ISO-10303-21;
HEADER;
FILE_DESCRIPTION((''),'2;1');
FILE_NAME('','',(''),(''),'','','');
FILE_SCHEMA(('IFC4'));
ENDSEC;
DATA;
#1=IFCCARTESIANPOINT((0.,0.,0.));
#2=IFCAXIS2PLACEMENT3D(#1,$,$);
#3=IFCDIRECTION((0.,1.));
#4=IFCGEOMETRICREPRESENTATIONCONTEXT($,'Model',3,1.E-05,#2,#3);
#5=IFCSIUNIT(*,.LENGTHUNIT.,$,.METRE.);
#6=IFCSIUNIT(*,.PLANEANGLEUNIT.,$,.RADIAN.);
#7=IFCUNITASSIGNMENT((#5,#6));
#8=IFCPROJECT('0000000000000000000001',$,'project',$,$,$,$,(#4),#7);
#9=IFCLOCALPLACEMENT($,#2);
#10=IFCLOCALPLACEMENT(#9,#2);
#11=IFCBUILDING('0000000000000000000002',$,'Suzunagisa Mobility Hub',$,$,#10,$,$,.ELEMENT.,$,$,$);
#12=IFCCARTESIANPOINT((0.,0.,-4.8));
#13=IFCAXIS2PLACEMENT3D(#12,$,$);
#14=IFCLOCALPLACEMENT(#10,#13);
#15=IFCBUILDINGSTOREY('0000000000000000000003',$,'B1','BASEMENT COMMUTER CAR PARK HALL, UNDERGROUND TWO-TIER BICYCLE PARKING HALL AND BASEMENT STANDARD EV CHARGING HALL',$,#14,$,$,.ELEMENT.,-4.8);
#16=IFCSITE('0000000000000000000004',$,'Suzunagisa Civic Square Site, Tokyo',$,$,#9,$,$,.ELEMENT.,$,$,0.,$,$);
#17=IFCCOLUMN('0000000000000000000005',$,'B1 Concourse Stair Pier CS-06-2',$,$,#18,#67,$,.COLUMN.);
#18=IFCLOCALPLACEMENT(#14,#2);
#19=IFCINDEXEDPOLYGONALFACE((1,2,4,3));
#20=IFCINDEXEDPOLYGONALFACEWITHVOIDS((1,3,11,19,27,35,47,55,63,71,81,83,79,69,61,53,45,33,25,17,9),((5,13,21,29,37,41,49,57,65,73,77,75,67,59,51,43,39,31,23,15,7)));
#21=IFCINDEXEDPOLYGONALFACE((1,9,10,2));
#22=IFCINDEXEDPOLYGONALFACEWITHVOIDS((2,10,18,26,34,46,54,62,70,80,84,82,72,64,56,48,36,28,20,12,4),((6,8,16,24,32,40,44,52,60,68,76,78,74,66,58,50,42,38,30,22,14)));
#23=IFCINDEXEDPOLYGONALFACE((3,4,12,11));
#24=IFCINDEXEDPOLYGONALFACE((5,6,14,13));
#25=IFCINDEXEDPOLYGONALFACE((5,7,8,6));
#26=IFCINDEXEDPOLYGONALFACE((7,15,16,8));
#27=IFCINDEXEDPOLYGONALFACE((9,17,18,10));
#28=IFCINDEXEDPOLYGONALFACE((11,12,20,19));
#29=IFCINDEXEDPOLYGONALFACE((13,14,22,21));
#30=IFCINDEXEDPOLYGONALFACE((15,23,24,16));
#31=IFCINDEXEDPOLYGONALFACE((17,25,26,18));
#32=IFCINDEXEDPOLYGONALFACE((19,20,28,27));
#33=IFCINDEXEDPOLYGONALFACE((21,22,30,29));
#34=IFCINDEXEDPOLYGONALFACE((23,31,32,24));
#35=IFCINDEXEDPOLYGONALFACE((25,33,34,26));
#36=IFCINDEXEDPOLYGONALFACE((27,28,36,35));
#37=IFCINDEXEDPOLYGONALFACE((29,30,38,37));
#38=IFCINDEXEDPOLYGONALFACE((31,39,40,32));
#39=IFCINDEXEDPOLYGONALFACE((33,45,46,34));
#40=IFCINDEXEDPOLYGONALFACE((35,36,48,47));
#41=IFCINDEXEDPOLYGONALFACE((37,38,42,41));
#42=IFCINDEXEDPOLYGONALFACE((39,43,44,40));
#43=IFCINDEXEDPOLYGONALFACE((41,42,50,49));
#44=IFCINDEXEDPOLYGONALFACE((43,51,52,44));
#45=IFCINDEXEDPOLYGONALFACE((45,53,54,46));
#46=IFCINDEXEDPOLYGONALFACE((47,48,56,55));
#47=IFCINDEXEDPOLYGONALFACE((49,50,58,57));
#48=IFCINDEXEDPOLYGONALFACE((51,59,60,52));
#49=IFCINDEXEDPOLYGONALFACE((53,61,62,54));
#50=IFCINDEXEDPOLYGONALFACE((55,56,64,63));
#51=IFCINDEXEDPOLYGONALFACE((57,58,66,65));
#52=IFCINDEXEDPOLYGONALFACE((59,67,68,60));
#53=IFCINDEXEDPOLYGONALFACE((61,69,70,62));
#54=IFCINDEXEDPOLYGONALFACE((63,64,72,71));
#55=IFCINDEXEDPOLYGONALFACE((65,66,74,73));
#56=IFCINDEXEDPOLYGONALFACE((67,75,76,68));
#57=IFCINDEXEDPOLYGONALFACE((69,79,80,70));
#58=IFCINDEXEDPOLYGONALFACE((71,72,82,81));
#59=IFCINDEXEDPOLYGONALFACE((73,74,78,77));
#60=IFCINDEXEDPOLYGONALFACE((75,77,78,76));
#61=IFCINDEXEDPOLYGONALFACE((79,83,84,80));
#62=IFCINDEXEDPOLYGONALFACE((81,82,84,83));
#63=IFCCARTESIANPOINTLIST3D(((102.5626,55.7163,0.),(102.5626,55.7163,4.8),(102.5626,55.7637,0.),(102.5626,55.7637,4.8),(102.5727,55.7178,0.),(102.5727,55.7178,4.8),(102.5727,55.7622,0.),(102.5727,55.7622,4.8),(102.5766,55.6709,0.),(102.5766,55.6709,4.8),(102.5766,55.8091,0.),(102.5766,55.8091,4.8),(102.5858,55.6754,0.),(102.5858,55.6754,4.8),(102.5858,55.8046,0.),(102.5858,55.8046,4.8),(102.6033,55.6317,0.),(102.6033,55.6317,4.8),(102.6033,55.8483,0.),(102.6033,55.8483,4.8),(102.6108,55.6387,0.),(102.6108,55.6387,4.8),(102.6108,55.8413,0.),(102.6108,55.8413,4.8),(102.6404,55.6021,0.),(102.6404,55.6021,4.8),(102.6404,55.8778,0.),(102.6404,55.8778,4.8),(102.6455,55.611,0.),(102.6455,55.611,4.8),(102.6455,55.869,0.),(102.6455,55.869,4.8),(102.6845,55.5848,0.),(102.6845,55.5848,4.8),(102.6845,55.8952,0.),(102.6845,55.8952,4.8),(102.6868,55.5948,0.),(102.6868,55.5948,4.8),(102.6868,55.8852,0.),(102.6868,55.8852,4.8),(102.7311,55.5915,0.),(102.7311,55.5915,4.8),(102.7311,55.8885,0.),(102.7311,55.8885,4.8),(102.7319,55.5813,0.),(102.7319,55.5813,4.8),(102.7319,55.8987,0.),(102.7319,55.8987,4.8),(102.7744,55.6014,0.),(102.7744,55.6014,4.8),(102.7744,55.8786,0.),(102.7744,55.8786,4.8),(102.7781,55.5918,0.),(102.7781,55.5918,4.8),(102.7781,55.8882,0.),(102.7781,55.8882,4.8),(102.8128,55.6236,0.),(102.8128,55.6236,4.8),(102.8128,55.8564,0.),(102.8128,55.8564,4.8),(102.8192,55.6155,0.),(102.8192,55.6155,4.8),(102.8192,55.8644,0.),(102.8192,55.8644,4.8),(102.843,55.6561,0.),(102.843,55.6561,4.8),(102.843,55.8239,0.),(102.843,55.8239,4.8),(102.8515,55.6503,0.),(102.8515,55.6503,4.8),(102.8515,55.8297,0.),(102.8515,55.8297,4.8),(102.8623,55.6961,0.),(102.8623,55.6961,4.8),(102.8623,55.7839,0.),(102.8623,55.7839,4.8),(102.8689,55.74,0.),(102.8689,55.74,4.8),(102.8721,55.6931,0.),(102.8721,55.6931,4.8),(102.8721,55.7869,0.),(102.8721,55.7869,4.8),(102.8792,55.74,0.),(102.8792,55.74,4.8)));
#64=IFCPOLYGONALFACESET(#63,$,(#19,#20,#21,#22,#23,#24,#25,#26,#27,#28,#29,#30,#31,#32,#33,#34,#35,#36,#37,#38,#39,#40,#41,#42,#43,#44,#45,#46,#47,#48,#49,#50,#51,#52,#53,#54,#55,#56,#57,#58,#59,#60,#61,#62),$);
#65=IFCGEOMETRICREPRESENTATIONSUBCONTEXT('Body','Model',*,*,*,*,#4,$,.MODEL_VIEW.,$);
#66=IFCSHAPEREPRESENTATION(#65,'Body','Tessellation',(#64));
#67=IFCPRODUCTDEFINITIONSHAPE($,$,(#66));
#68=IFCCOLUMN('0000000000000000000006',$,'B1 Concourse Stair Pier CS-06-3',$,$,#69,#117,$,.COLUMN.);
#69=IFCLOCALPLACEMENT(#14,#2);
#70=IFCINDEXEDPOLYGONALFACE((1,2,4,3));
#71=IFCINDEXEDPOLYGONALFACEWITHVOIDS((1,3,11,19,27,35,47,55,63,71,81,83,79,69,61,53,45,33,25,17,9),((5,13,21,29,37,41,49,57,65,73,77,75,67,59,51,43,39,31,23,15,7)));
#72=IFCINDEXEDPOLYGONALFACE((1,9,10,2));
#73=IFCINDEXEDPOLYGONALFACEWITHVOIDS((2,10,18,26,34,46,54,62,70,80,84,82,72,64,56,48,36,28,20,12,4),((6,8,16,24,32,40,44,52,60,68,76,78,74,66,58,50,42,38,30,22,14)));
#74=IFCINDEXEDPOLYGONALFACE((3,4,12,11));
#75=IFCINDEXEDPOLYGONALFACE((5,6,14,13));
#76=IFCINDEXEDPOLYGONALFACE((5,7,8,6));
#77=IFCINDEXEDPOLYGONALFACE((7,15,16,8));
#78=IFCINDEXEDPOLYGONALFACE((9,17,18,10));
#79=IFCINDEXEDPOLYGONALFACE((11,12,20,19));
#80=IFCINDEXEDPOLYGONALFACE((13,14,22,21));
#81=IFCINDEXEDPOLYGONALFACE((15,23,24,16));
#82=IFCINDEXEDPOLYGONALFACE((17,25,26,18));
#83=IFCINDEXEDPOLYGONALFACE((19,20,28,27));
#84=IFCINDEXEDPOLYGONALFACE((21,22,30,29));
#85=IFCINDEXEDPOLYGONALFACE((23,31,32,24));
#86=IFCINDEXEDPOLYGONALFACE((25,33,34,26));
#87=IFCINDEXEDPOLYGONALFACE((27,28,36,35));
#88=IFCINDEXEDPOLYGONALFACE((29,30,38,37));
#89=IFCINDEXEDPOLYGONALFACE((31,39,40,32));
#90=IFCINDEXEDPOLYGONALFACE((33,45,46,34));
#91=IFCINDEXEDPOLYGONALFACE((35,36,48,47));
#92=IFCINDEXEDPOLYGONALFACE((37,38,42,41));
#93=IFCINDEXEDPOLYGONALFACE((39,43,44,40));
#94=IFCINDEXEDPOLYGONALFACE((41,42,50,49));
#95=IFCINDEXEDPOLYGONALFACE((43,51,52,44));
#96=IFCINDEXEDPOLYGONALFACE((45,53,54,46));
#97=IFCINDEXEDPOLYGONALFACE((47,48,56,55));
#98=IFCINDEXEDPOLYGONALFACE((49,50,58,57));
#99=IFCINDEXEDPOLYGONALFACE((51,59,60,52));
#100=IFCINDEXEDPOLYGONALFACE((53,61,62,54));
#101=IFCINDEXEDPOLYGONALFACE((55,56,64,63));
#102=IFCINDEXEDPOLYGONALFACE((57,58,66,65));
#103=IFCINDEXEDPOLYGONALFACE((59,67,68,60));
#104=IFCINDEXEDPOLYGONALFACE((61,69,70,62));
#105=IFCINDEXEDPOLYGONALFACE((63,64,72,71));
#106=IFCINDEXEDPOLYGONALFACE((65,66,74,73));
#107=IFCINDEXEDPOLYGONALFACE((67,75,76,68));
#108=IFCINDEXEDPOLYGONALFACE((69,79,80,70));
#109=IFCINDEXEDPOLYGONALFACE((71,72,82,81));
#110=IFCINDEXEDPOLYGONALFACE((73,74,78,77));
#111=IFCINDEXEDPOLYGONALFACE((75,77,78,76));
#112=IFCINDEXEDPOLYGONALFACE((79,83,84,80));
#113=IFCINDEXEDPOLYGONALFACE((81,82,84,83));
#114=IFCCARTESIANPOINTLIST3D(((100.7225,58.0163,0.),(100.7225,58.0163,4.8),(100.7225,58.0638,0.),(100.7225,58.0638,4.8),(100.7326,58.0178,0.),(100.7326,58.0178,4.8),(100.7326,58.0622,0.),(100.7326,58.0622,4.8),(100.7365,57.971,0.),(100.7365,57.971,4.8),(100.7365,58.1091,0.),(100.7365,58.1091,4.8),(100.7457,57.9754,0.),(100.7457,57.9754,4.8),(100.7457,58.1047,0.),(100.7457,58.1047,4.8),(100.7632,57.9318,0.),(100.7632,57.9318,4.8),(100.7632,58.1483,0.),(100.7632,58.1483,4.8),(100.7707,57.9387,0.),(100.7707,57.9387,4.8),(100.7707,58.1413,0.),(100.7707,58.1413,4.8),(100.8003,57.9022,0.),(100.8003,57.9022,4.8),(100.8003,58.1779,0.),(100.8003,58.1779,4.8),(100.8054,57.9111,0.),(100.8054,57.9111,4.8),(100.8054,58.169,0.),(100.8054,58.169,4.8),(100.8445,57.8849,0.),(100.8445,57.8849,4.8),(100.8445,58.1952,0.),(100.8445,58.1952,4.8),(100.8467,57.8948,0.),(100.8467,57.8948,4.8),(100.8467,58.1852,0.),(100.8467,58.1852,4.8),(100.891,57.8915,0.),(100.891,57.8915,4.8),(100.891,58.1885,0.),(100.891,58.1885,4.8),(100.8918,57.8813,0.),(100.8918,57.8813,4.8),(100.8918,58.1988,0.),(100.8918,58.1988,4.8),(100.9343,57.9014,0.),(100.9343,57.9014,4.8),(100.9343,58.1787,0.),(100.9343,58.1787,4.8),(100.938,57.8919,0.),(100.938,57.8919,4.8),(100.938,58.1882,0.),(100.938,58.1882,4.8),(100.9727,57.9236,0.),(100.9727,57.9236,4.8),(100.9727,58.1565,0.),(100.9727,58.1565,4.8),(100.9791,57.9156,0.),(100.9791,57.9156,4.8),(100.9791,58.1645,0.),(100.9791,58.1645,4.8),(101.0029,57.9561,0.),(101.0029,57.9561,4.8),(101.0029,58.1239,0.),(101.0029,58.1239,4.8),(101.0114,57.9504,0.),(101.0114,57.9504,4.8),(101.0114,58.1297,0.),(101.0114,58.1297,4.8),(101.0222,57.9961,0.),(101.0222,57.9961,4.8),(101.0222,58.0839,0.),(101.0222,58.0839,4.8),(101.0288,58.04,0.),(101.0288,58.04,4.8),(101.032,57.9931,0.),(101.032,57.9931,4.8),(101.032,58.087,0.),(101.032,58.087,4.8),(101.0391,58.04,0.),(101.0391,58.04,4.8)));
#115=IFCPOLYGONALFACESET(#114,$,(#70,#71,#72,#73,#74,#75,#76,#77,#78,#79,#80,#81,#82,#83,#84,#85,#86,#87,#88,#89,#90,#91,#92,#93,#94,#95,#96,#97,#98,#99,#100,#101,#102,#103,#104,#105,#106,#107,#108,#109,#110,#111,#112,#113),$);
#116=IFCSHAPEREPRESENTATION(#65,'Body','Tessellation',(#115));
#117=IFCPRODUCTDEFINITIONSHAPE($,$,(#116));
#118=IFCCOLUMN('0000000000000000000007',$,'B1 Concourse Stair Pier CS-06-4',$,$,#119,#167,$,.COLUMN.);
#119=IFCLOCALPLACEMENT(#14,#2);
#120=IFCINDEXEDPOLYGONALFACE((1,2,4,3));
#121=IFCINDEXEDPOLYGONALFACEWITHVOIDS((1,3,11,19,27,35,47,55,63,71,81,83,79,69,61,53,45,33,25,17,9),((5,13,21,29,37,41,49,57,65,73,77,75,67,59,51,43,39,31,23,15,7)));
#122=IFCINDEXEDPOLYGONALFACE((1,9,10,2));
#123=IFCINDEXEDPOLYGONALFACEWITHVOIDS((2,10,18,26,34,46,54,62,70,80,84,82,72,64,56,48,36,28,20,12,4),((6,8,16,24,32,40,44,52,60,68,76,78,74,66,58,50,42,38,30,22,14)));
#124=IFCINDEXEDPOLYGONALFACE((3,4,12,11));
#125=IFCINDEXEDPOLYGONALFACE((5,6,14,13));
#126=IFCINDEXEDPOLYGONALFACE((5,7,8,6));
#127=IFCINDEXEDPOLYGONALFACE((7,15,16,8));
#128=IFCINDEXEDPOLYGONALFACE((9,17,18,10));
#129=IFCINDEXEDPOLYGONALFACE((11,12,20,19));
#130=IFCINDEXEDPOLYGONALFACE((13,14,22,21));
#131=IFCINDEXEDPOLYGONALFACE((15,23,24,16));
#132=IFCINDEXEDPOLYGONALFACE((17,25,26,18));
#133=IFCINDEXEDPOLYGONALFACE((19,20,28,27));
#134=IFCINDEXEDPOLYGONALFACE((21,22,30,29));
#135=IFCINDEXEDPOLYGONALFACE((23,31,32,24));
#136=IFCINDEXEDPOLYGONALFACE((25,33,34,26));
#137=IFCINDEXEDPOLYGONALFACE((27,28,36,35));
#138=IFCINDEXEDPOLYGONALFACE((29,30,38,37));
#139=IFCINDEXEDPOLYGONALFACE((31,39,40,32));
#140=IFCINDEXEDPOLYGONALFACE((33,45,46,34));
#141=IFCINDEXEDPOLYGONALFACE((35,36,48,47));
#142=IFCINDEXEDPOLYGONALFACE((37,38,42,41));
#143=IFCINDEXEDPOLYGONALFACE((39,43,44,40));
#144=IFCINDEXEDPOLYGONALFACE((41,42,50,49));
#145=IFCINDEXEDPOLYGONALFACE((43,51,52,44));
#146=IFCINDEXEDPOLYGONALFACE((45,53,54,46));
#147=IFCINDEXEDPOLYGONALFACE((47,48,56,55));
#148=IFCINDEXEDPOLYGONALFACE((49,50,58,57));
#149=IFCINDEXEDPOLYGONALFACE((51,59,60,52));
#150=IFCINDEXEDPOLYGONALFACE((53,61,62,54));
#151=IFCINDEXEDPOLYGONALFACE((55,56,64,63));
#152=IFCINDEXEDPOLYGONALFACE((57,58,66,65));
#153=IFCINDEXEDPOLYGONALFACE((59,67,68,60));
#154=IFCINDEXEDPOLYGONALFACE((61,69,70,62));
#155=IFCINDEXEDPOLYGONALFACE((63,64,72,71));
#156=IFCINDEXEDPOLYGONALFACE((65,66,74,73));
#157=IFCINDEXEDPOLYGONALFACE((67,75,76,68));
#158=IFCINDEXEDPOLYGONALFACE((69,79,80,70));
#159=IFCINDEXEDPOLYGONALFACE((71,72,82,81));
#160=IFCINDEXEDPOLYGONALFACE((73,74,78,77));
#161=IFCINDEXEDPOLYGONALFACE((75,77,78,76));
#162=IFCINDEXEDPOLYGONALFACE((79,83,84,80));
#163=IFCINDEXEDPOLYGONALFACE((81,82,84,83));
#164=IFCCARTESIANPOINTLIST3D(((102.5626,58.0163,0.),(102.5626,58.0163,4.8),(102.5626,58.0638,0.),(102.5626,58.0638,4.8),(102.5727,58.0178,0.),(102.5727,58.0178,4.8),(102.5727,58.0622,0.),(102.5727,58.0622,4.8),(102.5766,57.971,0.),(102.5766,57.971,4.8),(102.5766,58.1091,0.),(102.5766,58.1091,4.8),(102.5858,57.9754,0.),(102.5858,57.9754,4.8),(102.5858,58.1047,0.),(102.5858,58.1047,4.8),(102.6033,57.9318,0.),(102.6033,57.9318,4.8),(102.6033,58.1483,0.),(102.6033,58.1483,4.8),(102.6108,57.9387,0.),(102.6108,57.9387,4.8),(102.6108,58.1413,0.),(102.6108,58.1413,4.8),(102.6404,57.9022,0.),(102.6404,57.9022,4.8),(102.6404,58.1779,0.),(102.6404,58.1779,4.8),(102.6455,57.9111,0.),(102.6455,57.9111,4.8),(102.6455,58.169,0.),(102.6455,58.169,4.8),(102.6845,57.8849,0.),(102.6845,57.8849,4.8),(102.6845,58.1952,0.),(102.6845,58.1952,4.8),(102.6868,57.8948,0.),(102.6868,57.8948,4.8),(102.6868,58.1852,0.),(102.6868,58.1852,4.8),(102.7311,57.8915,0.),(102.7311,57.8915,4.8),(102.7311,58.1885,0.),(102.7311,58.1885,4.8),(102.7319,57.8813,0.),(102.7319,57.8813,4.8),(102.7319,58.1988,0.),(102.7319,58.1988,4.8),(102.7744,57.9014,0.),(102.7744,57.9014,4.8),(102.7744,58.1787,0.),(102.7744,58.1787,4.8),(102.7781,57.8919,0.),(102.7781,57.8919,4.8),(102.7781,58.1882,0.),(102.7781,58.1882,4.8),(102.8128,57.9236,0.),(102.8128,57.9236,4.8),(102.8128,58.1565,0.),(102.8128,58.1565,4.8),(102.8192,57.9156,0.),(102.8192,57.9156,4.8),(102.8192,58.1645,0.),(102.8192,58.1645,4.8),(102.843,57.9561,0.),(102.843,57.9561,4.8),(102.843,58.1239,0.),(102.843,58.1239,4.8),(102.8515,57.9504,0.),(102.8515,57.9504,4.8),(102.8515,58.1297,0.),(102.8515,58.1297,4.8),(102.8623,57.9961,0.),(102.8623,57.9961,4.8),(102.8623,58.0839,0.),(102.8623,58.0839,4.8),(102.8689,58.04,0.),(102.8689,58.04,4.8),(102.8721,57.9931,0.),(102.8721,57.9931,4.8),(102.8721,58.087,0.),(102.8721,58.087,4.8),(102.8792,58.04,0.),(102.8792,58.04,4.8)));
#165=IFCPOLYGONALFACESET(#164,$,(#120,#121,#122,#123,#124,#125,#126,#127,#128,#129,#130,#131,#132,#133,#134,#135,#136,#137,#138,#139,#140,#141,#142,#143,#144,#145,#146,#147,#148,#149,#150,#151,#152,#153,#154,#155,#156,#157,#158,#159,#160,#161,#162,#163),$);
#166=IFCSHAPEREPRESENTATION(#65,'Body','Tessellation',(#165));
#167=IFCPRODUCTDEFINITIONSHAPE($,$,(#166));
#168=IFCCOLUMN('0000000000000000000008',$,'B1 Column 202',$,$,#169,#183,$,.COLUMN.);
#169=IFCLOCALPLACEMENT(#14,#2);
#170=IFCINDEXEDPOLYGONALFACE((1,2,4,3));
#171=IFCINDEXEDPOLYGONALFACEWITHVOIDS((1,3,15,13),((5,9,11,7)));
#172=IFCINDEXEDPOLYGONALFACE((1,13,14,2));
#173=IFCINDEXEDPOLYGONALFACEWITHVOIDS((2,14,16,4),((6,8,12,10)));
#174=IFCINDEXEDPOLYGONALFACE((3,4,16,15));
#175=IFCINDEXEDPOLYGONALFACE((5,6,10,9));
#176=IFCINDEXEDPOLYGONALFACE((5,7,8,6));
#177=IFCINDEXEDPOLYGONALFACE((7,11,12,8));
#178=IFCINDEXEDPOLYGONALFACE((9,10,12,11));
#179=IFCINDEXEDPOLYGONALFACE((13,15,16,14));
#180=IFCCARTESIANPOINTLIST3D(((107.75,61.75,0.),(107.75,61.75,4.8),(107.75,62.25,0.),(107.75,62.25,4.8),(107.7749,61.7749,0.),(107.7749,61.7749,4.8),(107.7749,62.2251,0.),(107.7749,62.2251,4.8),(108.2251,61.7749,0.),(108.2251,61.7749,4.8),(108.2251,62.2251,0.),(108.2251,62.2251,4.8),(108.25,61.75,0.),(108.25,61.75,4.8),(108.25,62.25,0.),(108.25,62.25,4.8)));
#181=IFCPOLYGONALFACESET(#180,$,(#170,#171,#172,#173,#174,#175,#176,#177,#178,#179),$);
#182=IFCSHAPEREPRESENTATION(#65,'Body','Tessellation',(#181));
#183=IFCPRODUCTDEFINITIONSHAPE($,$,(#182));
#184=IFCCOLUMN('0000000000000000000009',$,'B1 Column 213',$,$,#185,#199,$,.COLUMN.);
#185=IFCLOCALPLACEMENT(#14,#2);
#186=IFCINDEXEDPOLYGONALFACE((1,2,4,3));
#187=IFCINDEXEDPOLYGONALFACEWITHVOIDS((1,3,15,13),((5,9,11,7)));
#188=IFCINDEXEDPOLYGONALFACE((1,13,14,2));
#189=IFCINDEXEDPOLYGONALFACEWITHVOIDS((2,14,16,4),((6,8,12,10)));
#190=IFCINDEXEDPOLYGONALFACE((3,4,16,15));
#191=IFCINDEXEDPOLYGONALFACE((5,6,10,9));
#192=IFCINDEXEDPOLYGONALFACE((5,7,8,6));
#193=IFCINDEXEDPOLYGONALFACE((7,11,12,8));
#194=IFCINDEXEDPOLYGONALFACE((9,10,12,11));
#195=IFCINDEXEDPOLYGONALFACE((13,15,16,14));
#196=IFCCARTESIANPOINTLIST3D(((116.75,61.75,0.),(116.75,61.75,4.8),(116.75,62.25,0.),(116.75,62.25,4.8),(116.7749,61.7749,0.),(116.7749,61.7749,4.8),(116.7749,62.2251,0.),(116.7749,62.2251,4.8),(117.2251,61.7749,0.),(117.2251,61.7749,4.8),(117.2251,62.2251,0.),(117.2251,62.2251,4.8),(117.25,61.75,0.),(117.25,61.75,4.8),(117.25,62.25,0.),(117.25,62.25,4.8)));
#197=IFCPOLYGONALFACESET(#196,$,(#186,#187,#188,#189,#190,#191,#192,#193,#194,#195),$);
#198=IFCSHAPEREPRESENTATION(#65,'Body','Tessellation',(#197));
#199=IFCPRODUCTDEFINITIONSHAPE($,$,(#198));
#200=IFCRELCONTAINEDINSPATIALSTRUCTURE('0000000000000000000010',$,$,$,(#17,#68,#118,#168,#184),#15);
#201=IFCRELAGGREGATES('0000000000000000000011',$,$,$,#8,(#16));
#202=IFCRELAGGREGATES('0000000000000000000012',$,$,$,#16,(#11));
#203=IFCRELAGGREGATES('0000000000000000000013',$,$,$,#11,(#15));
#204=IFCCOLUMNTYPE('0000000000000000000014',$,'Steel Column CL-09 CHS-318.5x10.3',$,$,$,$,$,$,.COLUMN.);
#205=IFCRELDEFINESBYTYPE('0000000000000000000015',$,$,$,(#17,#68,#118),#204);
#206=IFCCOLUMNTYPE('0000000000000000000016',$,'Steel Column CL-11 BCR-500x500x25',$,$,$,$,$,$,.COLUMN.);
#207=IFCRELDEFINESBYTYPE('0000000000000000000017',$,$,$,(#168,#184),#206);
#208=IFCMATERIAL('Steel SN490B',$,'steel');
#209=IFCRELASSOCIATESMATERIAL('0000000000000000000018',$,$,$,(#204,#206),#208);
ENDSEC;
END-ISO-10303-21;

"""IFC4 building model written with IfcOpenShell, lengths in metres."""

from ifc_helpers import new_model, si_unit, direction, frame, origin, origin_2d, place, context, subcontext, project, spatial, hollow_rectangle, hollow_circle, extrude, material, material_profile, profile_set, type_object, element, save


model = new_model("IFC4")

# Units and contexts
model_context = context("Model", 3, precision=1e-05, world=origin(), true_north=direction((0.0, 1.0)))
body_context = subcontext(model_context, "Body", "Model", "MODEL_VIEW")
ifc_project = project(units=[si_unit("LENGTHUNIT", "METRE"), si_unit("PLANEANGLEUNIT", "RADIAN")], contexts=[model_context])

# Site, building, storey
site_placement = place(None, origin())
site = spatial("IfcSite", under=ifc_project, at=site_placement, Name="Suzunagisa Civic Square Site, Tokyo", CompositionType="ELEMENT", RefElevation=0.0)
building_placement = place(site_placement, origin())
building = spatial("IfcBuilding", under=site, at=building_placement, Name="Suzunagisa Mobility Hub", CompositionType="ELEMENT")
storey_placement = place(building_placement, frame((0.0, 0.0, -4.8)))
storey = spatial("IfcBuildingStorey", under=building, at=storey_placement, Name="B1", Description="BASEMENT COMMUTER CAR PARK HALL, UNDERGROUND TWO-TIER BICYCLE PARKING HALL AND BASEMENT STANDARD EV CHARGING HALL", CompositionType="ELEMENT", Elevation=-4.8)

# Columns
ifc_material_1 = material(Name="Steel SN490B", Category="steel")
ifc_material_profile_1 = material_profile(ifc_material_1, hollow_circle(Radius=0.1592, WallThickness=0.0103, at=origin_2d()), Name="CHS-318.5x10.3")
ifc_profile_set_1 = profile_set([ifc_material_profile_1], Name="Steel SN490B")
column_type_1 = type_object("IfcColumnType", Name="Steel Column CL-09 CHS-318.5x10.3", PredefinedType="COLUMN", material=ifc_profile_set_1)
for number, where, z_axis, x_axis, name in (
    (1, (102.72, 55.74, 0.0), (0.0, 0.0, 1.0), (1.0, 0.0, 0.0), "B1 Concourse Stair Pier CS-06-2"),
    (2, (100.8799, 58.04, 0.0), (0.0, 0.0, 1.0), (1.0, 0.0, 0.0), "B1 Concourse Stair Pier CS-06-3"),
    (3, (102.72, 58.04, 0.0), (0.0, 0.0, 1.0), (1.0, 0.0, 0.0), "B1 Concourse Stair Pier CS-06-4"),
):
    element("IfcColumn", number, at=place(storey_placement, frame(where, z_axis=z_axis, x_axis=x_axis)), inside=storey, type_object=column_type_1, Name=name, PredefinedType="COLUMN", context=body_context, shape_type="SweptSolid", body=[
        extrude(hollow_circle(Radius=0.1592, WallThickness=0.0103, at=origin_2d()), origin(), (0.0, 0.0, 1.0), 4.8),
    ])
ifc_material_profile_2 = material_profile(ifc_material_1, hollow_rectangle(XDim=0.5, YDim=0.5, WallThickness=0.0249, at=origin_2d()), Name="BCR-500x500x25")
ifc_profile_set_2 = profile_set([ifc_material_profile_2], Name="Steel SN490B")
column_type_2 = type_object("IfcColumnType", Name="Steel Column CL-11 BCR-500x500x25", PredefinedType="COLUMN", material=ifc_profile_set_2)
for number, where, z_axis, x_axis, name in (
    (4, (108.0, 62.0, 0.0), (0.0, 0.0, 1.0), (1.0, 0.0, 0.0), "B1 Column 202"),
    (5, (117.0, 62.0, 0.0), (0.0, 0.0, 1.0), (1.0, 0.0, 0.0), "B1 Column 213"),
):
    element("IfcColumn", number, at=place(storey_placement, frame(where, z_axis=z_axis, x_axis=x_axis)), inside=storey, type_object=column_type_2, Name=name, PredefinedType="COLUMN", context=body_context, shape_type="SweptSolid", body=[
        extrude(hollow_rectangle(XDim=0.5, YDim=0.5, WallThickness=0.0249, at=origin_2d()), origin(), (0.0, 0.0, 1.0), 4.8),
    ])

save(model, "model.ifc")
